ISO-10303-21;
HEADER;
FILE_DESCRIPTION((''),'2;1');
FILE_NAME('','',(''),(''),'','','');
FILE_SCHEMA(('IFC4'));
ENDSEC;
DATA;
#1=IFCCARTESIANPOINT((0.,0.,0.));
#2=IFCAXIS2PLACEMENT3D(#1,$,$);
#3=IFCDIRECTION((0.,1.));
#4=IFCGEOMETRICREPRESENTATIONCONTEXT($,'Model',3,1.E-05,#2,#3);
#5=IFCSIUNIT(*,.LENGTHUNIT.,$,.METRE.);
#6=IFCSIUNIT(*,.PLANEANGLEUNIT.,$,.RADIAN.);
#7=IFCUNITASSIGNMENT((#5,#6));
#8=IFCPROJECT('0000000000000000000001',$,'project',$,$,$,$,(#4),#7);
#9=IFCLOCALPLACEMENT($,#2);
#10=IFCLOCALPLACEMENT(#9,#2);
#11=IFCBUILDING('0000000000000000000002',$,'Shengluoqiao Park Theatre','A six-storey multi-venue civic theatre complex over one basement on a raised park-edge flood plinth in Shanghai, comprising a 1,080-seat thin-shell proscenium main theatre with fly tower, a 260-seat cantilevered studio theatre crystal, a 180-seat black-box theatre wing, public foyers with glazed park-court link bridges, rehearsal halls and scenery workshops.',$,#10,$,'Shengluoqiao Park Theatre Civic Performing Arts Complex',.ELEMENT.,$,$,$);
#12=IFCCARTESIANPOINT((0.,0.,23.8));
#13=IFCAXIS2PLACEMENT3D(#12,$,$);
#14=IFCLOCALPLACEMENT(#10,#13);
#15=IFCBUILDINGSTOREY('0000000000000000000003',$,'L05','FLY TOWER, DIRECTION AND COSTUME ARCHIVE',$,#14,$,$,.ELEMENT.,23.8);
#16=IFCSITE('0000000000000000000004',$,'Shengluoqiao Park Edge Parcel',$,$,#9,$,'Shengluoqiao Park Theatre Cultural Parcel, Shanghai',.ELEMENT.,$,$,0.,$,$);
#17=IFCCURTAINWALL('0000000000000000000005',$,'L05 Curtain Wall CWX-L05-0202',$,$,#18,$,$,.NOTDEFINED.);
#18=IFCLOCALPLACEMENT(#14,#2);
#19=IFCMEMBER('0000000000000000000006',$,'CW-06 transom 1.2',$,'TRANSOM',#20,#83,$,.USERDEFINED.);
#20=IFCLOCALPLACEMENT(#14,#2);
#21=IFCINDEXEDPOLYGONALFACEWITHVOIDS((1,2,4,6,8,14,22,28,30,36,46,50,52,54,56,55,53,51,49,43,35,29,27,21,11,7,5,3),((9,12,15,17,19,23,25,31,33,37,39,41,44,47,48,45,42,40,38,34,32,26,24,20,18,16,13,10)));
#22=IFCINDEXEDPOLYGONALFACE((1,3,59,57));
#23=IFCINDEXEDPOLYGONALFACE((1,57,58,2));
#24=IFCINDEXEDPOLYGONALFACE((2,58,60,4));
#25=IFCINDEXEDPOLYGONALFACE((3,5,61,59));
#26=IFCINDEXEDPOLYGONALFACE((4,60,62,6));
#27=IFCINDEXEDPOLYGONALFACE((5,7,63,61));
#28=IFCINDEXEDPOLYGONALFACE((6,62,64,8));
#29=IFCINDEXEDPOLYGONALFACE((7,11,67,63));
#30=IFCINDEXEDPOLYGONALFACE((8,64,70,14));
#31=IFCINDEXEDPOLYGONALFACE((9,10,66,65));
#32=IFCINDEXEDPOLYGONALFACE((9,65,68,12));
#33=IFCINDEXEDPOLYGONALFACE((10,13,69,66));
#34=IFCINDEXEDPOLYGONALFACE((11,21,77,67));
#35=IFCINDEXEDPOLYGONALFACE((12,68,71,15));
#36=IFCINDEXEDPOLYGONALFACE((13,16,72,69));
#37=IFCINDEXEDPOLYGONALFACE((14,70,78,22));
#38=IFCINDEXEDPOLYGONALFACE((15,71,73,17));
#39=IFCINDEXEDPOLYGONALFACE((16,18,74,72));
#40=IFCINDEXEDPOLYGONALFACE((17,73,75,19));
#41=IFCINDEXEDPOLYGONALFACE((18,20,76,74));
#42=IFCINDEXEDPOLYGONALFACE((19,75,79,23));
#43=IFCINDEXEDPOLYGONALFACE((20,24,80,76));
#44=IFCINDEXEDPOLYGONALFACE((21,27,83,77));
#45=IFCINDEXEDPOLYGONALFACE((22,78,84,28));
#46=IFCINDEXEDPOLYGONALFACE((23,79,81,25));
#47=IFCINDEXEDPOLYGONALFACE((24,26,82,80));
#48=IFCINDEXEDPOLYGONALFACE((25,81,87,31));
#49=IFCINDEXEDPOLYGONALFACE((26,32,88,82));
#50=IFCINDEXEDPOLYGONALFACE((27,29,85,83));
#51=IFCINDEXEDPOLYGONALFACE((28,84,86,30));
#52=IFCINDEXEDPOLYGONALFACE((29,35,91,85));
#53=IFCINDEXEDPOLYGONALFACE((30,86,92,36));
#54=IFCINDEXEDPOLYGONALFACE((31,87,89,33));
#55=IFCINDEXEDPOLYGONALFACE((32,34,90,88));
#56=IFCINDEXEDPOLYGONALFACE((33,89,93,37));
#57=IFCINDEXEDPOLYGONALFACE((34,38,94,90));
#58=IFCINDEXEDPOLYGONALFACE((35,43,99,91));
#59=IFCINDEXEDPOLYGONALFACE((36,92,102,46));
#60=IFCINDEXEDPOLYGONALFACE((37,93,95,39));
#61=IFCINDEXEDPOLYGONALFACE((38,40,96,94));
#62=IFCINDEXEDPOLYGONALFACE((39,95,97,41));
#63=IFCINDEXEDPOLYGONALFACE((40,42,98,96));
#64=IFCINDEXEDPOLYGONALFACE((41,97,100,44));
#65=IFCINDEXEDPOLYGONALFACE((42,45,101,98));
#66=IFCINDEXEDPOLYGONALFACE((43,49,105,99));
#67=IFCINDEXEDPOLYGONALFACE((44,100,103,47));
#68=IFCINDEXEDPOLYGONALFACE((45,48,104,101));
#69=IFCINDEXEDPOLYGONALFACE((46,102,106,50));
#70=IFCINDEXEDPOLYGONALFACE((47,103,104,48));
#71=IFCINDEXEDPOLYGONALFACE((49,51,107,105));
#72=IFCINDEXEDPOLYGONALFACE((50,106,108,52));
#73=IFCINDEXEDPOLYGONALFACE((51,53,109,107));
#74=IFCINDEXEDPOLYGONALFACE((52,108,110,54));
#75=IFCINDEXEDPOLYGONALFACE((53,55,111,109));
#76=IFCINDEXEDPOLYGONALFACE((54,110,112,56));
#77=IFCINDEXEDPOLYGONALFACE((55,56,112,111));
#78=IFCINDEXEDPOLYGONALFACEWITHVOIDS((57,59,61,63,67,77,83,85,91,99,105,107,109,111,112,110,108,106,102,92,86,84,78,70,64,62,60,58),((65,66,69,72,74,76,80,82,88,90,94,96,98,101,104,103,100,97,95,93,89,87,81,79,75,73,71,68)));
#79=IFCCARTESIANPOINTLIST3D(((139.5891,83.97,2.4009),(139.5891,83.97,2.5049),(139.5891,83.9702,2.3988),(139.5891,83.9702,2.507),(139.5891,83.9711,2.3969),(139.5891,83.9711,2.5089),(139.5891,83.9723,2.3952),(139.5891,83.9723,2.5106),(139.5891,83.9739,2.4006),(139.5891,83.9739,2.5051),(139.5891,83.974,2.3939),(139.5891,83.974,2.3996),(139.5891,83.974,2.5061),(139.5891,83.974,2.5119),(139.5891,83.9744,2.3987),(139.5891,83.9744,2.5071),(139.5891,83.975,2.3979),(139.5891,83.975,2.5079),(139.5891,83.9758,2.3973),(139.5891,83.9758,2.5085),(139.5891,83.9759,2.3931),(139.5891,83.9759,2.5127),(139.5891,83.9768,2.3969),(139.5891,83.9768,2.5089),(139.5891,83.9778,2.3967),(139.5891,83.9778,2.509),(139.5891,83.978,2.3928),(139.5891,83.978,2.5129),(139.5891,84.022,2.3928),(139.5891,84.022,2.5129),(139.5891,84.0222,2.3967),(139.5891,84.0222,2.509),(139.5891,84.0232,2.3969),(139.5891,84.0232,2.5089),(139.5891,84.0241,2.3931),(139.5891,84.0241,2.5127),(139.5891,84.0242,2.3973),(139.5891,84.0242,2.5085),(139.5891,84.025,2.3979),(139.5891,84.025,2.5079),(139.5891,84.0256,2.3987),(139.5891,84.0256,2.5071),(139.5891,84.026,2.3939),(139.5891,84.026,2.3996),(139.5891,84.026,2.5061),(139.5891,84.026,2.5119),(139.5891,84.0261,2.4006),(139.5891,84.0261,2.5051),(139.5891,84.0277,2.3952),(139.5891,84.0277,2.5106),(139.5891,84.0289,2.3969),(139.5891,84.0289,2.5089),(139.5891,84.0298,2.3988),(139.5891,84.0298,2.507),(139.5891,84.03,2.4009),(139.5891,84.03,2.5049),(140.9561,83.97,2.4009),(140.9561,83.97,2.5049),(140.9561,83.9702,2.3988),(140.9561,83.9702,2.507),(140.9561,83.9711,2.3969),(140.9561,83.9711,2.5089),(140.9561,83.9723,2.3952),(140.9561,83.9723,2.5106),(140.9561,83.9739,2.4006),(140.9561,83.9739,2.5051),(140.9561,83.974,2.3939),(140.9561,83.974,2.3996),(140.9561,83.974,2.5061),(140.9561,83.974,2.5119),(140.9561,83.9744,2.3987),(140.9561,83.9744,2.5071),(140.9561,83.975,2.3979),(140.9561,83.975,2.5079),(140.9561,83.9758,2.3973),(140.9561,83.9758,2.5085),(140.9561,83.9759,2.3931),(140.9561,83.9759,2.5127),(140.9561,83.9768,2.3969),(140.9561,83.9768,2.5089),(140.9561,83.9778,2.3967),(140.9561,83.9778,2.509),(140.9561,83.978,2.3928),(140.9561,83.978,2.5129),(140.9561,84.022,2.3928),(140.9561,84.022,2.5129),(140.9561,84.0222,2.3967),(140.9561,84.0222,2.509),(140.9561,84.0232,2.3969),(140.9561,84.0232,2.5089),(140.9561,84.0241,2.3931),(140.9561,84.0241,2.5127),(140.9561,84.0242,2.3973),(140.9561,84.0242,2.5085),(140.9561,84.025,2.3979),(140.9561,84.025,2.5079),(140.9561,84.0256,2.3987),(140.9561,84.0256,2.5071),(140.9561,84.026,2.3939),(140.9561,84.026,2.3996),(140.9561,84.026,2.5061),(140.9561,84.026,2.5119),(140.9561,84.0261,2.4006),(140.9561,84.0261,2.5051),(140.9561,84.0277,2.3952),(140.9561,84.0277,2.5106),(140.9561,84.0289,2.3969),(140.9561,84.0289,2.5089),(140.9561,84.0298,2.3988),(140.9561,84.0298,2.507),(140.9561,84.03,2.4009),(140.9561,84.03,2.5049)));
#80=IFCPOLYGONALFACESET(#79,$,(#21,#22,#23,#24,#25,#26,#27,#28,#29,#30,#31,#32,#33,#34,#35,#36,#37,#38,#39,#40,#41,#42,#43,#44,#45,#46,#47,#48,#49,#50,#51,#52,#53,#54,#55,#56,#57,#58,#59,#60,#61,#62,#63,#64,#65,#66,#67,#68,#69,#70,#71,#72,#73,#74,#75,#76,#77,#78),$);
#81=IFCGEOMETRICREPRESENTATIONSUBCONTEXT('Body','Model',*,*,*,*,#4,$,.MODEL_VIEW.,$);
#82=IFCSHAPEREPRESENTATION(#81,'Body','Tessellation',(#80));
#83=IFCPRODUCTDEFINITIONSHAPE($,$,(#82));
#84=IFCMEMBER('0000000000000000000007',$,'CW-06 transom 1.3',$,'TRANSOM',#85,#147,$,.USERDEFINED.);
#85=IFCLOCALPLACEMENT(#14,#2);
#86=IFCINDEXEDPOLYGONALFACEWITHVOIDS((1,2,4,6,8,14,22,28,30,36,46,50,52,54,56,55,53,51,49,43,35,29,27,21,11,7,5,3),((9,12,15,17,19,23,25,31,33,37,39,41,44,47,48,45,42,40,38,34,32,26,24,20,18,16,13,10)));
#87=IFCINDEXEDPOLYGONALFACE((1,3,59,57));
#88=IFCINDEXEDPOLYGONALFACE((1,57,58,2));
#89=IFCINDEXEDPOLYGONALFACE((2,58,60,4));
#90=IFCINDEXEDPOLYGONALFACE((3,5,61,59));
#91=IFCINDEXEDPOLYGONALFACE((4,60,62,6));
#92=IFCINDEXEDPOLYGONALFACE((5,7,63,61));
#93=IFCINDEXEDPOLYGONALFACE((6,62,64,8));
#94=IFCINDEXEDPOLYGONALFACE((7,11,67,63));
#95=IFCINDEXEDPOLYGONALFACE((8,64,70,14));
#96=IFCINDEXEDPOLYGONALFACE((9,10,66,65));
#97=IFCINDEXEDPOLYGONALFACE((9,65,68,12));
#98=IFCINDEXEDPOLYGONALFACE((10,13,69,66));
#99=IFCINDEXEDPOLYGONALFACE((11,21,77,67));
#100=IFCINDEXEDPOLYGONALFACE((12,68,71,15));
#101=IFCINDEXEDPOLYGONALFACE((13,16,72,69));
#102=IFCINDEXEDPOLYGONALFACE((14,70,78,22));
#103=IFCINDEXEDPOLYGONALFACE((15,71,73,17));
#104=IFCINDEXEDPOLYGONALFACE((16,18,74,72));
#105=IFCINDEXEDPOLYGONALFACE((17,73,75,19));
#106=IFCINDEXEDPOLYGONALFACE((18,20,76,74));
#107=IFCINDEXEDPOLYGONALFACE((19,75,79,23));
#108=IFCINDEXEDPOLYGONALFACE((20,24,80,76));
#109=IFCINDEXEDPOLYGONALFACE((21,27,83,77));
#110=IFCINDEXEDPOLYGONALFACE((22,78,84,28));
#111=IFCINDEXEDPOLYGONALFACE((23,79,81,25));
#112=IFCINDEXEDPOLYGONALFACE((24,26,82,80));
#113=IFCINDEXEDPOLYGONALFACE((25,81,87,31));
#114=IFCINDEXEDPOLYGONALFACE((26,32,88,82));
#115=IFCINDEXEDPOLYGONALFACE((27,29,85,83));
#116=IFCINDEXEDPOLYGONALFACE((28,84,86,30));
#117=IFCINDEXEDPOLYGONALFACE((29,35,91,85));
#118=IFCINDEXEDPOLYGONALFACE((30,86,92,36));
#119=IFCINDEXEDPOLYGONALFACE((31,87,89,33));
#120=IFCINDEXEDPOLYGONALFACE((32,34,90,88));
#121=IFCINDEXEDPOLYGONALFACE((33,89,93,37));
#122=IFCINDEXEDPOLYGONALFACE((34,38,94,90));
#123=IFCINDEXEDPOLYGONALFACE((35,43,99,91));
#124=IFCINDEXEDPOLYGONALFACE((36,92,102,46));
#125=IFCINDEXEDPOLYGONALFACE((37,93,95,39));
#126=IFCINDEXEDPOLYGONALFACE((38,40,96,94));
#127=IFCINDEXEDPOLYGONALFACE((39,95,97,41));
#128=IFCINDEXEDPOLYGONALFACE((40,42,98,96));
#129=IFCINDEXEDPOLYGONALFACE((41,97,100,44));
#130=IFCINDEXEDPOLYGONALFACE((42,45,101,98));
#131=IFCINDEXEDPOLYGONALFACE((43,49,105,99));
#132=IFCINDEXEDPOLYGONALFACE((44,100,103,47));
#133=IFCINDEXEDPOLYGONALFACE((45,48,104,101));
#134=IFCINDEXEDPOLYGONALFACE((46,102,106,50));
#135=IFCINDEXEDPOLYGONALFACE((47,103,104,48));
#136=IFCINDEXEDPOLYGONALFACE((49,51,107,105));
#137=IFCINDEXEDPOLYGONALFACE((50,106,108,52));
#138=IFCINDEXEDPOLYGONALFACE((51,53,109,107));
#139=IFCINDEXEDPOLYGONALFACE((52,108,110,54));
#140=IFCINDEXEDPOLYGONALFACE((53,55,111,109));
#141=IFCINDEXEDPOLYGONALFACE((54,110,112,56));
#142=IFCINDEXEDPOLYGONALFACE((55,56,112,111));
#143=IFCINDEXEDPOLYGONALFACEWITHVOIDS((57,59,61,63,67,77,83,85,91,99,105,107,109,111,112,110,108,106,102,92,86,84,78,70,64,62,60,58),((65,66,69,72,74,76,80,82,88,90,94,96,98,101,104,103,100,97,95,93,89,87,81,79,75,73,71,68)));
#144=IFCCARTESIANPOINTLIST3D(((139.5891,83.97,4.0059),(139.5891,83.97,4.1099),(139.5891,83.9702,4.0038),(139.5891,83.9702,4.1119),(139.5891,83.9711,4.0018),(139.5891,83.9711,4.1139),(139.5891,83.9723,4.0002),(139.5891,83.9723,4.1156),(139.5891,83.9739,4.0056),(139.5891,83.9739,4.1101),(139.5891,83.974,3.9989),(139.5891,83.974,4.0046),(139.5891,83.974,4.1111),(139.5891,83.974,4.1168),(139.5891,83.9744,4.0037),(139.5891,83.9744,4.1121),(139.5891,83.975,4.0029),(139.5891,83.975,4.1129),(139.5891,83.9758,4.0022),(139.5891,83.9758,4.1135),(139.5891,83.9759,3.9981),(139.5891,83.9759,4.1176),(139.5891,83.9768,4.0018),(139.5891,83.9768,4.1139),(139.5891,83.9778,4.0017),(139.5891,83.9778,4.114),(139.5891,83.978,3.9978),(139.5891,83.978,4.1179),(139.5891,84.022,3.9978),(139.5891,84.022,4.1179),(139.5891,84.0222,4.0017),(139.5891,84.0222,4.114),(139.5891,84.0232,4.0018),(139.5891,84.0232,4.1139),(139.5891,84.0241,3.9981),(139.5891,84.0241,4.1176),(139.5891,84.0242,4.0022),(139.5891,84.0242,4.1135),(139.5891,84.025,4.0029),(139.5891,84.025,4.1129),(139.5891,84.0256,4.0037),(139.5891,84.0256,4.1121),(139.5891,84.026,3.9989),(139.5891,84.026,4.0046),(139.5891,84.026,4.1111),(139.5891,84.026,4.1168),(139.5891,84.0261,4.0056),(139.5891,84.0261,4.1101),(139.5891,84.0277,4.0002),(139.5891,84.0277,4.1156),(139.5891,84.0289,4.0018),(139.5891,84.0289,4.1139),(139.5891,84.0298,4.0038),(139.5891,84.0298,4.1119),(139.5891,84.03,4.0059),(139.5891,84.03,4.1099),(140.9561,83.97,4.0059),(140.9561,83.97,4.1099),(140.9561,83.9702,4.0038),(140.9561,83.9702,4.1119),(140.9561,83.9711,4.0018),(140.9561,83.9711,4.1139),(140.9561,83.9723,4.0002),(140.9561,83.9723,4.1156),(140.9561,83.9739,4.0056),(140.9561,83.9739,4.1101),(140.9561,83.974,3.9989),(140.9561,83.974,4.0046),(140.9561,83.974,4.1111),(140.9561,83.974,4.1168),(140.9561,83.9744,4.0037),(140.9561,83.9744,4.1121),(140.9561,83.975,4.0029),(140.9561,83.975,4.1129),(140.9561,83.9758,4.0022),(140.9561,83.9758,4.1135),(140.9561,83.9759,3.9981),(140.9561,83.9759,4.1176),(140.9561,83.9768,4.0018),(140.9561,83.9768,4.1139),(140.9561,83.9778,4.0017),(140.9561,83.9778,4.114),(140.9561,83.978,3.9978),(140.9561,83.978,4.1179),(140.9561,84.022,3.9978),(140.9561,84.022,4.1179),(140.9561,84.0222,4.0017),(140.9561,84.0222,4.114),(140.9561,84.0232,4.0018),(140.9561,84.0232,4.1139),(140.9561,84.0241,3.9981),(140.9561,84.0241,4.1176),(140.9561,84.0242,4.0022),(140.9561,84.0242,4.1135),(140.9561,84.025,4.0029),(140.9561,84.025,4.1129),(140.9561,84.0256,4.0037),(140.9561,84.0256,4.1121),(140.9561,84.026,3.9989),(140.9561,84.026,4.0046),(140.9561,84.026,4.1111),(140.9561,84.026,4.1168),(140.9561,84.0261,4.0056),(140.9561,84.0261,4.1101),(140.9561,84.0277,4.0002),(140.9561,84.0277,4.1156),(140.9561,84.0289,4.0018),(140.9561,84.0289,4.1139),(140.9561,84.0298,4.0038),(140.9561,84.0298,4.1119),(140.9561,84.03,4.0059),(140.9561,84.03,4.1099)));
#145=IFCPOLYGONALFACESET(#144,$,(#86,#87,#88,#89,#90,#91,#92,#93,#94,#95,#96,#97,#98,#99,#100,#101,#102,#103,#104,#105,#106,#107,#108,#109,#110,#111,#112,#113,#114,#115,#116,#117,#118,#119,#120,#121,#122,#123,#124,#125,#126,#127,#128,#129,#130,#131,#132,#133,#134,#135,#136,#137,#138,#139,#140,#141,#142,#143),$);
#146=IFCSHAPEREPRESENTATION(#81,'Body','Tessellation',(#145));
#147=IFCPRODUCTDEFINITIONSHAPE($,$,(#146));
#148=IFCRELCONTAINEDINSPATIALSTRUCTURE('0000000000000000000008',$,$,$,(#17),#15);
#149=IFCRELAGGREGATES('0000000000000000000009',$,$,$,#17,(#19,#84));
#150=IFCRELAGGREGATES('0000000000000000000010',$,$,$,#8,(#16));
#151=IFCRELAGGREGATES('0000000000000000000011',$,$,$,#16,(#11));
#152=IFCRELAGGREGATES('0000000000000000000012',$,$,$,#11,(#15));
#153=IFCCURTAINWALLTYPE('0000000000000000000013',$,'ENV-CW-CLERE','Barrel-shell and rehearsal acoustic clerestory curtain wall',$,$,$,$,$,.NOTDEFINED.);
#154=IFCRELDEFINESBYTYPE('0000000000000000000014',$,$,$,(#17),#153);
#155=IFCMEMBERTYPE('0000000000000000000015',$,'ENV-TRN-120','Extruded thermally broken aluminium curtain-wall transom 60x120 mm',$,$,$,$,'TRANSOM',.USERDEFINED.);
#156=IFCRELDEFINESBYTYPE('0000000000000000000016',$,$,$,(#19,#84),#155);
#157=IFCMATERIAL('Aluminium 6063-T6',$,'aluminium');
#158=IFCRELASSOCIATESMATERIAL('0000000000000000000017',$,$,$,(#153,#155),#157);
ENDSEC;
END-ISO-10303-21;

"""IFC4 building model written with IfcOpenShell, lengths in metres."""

from ifc_helpers import new_model, si_unit, direction, frame, origin, origin_2d, place, context, subcontext, project, spatial, hollow_rectangle, extrude, material, material_profile, profile_set, type_object, element, aggregate, save


model = new_model("IFC4")

# Units and contexts
model_context = context("Model", 3, precision=1e-05, world=origin(), true_north=direction((0.0, 1.0)))
body_context = subcontext(model_context, "Body", "Model", "MODEL_VIEW")
ifc_project = project(units=[si_unit("LENGTHUNIT", "METRE"), si_unit("PLANEANGLEUNIT", "RADIAN")], contexts=[model_context])

# Site, building, storey
site_placement = place(None, origin())
site = spatial("IfcSite", under=ifc_project, at=site_placement, Name="Shengluoqiao Park Edge Parcel", LongName="Shengluoqiao Park Theatre Cultural Parcel, Shanghai", CompositionType="ELEMENT", RefElevation=0.0)
building_placement = place(site_placement, origin())
building = spatial("IfcBuilding", under=site, at=building_placement, Name="Shengluoqiao Park Theatre", Description="A six-storey multi-venue civic theatre complex over one basement on a raised park-edge flood plinth in Shanghai, comprising a 1,080-seat thin-shell proscenium main theatre with fly tower, a 260-seat cantilevered studio theatre crystal, a 180-seat black-box theatre wing, public foyers with glazed park-court link bridges, rehearsal halls and scenery workshops.", LongName="Shengluoqiao Park Theatre Civic Performing Arts Complex", CompositionType="ELEMENT")
storey_placement = place(building_placement, frame((0.0, 0.0, 23.8)))
storey = spatial("IfcBuildingStorey", under=building, at=storey_placement, Name="L05", Description="FLY TOWER, DIRECTION AND COSTUME ARCHIVE", CompositionType="ELEMENT", Elevation=23.8)

# Curtain wall, members
ifc_material_1 = material(Name="Aluminium 6063-T6", Category="aluminium")
curtain_wall_type = type_object("IfcCurtainWallType", Name="ENV-CW-CLERE", Description="Barrel-shell and rehearsal acoustic clerestory curtain wall", PredefinedType="NOTDEFINED", material=ifc_material_1)
curtain_wall_placement = place(storey_placement, origin())
curtain_wall = element("IfcCurtainWall", 1, at=curtain_wall_placement, inside=storey, type_object=curtain_wall_type, Name="L05 Curtain Wall CWX-L05-0202", PredefinedType="NOTDEFINED")
ifc_material_profile_1 = material_profile(ifc_material_1, hollow_rectangle(XDim=0.0601, YDim=0.1201, WallThickness=0.0039, InnerFilletRadius=0.0039, OuterFilletRadius=0.0081, at=origin_2d()), Name="ALU TRANSOM 120x60x4")
ifc_profile_set_1 = profile_set([ifc_material_profile_1], Name="Aluminium 6063-T6")
member_type_1 = type_object("IfcMemberType", Name="ENV-TRN-120", Description="Extruded thermally broken aluminium curtain-wall transom 60x120 mm", ElementType="TRANSOM", PredefinedType="USERDEFINED", material=ifc_profile_set_1)
member_1_placement = place(storey_placement, frame((139.5891, 84.0, 2.4529), z_axis=(1.0, 0.0, 0.0), x_axis=(0.0, 1.0, 0.0)))
member_1 = element("IfcMember", 2, at=member_1_placement, type_object=member_type_1, Name="CW-06 transom 1.2", ObjectType="TRANSOM", PredefinedType="USERDEFINED", context=body_context, shape_type="SweptSolid", body=[
    extrude(hollow_rectangle(XDim=0.0601, YDim=0.1201, WallThickness=0.0039, InnerFilletRadius=0.0039, OuterFilletRadius=0.0081, at=origin_2d()), origin(), (0.0, 0.0, 1.0), 1.3669),
])
member_2_placement = place(storey_placement, frame((139.5891, 84.0, 4.0579), z_axis=(1.0, 0.0, 0.0), x_axis=(0.0, 1.0, 0.0)))
member_2 = element("IfcMember", 3, at=member_2_placement, type_object=member_type_1, Name="CW-06 transom 1.3", ObjectType="TRANSOM", PredefinedType="USERDEFINED", context=body_context, shape_type="SweptSolid", body=[
    extrude(hollow_rectangle(XDim=0.0601, YDim=0.1201, WallThickness=0.0039, InnerFilletRadius=0.0039, OuterFilletRadius=0.0081, at=origin_2d()), origin(), (0.0, 0.0, 1.0), 1.3669),
])

aggregate(curtain_wall, [member_1, member_2])

save(model, "model.ifc")
